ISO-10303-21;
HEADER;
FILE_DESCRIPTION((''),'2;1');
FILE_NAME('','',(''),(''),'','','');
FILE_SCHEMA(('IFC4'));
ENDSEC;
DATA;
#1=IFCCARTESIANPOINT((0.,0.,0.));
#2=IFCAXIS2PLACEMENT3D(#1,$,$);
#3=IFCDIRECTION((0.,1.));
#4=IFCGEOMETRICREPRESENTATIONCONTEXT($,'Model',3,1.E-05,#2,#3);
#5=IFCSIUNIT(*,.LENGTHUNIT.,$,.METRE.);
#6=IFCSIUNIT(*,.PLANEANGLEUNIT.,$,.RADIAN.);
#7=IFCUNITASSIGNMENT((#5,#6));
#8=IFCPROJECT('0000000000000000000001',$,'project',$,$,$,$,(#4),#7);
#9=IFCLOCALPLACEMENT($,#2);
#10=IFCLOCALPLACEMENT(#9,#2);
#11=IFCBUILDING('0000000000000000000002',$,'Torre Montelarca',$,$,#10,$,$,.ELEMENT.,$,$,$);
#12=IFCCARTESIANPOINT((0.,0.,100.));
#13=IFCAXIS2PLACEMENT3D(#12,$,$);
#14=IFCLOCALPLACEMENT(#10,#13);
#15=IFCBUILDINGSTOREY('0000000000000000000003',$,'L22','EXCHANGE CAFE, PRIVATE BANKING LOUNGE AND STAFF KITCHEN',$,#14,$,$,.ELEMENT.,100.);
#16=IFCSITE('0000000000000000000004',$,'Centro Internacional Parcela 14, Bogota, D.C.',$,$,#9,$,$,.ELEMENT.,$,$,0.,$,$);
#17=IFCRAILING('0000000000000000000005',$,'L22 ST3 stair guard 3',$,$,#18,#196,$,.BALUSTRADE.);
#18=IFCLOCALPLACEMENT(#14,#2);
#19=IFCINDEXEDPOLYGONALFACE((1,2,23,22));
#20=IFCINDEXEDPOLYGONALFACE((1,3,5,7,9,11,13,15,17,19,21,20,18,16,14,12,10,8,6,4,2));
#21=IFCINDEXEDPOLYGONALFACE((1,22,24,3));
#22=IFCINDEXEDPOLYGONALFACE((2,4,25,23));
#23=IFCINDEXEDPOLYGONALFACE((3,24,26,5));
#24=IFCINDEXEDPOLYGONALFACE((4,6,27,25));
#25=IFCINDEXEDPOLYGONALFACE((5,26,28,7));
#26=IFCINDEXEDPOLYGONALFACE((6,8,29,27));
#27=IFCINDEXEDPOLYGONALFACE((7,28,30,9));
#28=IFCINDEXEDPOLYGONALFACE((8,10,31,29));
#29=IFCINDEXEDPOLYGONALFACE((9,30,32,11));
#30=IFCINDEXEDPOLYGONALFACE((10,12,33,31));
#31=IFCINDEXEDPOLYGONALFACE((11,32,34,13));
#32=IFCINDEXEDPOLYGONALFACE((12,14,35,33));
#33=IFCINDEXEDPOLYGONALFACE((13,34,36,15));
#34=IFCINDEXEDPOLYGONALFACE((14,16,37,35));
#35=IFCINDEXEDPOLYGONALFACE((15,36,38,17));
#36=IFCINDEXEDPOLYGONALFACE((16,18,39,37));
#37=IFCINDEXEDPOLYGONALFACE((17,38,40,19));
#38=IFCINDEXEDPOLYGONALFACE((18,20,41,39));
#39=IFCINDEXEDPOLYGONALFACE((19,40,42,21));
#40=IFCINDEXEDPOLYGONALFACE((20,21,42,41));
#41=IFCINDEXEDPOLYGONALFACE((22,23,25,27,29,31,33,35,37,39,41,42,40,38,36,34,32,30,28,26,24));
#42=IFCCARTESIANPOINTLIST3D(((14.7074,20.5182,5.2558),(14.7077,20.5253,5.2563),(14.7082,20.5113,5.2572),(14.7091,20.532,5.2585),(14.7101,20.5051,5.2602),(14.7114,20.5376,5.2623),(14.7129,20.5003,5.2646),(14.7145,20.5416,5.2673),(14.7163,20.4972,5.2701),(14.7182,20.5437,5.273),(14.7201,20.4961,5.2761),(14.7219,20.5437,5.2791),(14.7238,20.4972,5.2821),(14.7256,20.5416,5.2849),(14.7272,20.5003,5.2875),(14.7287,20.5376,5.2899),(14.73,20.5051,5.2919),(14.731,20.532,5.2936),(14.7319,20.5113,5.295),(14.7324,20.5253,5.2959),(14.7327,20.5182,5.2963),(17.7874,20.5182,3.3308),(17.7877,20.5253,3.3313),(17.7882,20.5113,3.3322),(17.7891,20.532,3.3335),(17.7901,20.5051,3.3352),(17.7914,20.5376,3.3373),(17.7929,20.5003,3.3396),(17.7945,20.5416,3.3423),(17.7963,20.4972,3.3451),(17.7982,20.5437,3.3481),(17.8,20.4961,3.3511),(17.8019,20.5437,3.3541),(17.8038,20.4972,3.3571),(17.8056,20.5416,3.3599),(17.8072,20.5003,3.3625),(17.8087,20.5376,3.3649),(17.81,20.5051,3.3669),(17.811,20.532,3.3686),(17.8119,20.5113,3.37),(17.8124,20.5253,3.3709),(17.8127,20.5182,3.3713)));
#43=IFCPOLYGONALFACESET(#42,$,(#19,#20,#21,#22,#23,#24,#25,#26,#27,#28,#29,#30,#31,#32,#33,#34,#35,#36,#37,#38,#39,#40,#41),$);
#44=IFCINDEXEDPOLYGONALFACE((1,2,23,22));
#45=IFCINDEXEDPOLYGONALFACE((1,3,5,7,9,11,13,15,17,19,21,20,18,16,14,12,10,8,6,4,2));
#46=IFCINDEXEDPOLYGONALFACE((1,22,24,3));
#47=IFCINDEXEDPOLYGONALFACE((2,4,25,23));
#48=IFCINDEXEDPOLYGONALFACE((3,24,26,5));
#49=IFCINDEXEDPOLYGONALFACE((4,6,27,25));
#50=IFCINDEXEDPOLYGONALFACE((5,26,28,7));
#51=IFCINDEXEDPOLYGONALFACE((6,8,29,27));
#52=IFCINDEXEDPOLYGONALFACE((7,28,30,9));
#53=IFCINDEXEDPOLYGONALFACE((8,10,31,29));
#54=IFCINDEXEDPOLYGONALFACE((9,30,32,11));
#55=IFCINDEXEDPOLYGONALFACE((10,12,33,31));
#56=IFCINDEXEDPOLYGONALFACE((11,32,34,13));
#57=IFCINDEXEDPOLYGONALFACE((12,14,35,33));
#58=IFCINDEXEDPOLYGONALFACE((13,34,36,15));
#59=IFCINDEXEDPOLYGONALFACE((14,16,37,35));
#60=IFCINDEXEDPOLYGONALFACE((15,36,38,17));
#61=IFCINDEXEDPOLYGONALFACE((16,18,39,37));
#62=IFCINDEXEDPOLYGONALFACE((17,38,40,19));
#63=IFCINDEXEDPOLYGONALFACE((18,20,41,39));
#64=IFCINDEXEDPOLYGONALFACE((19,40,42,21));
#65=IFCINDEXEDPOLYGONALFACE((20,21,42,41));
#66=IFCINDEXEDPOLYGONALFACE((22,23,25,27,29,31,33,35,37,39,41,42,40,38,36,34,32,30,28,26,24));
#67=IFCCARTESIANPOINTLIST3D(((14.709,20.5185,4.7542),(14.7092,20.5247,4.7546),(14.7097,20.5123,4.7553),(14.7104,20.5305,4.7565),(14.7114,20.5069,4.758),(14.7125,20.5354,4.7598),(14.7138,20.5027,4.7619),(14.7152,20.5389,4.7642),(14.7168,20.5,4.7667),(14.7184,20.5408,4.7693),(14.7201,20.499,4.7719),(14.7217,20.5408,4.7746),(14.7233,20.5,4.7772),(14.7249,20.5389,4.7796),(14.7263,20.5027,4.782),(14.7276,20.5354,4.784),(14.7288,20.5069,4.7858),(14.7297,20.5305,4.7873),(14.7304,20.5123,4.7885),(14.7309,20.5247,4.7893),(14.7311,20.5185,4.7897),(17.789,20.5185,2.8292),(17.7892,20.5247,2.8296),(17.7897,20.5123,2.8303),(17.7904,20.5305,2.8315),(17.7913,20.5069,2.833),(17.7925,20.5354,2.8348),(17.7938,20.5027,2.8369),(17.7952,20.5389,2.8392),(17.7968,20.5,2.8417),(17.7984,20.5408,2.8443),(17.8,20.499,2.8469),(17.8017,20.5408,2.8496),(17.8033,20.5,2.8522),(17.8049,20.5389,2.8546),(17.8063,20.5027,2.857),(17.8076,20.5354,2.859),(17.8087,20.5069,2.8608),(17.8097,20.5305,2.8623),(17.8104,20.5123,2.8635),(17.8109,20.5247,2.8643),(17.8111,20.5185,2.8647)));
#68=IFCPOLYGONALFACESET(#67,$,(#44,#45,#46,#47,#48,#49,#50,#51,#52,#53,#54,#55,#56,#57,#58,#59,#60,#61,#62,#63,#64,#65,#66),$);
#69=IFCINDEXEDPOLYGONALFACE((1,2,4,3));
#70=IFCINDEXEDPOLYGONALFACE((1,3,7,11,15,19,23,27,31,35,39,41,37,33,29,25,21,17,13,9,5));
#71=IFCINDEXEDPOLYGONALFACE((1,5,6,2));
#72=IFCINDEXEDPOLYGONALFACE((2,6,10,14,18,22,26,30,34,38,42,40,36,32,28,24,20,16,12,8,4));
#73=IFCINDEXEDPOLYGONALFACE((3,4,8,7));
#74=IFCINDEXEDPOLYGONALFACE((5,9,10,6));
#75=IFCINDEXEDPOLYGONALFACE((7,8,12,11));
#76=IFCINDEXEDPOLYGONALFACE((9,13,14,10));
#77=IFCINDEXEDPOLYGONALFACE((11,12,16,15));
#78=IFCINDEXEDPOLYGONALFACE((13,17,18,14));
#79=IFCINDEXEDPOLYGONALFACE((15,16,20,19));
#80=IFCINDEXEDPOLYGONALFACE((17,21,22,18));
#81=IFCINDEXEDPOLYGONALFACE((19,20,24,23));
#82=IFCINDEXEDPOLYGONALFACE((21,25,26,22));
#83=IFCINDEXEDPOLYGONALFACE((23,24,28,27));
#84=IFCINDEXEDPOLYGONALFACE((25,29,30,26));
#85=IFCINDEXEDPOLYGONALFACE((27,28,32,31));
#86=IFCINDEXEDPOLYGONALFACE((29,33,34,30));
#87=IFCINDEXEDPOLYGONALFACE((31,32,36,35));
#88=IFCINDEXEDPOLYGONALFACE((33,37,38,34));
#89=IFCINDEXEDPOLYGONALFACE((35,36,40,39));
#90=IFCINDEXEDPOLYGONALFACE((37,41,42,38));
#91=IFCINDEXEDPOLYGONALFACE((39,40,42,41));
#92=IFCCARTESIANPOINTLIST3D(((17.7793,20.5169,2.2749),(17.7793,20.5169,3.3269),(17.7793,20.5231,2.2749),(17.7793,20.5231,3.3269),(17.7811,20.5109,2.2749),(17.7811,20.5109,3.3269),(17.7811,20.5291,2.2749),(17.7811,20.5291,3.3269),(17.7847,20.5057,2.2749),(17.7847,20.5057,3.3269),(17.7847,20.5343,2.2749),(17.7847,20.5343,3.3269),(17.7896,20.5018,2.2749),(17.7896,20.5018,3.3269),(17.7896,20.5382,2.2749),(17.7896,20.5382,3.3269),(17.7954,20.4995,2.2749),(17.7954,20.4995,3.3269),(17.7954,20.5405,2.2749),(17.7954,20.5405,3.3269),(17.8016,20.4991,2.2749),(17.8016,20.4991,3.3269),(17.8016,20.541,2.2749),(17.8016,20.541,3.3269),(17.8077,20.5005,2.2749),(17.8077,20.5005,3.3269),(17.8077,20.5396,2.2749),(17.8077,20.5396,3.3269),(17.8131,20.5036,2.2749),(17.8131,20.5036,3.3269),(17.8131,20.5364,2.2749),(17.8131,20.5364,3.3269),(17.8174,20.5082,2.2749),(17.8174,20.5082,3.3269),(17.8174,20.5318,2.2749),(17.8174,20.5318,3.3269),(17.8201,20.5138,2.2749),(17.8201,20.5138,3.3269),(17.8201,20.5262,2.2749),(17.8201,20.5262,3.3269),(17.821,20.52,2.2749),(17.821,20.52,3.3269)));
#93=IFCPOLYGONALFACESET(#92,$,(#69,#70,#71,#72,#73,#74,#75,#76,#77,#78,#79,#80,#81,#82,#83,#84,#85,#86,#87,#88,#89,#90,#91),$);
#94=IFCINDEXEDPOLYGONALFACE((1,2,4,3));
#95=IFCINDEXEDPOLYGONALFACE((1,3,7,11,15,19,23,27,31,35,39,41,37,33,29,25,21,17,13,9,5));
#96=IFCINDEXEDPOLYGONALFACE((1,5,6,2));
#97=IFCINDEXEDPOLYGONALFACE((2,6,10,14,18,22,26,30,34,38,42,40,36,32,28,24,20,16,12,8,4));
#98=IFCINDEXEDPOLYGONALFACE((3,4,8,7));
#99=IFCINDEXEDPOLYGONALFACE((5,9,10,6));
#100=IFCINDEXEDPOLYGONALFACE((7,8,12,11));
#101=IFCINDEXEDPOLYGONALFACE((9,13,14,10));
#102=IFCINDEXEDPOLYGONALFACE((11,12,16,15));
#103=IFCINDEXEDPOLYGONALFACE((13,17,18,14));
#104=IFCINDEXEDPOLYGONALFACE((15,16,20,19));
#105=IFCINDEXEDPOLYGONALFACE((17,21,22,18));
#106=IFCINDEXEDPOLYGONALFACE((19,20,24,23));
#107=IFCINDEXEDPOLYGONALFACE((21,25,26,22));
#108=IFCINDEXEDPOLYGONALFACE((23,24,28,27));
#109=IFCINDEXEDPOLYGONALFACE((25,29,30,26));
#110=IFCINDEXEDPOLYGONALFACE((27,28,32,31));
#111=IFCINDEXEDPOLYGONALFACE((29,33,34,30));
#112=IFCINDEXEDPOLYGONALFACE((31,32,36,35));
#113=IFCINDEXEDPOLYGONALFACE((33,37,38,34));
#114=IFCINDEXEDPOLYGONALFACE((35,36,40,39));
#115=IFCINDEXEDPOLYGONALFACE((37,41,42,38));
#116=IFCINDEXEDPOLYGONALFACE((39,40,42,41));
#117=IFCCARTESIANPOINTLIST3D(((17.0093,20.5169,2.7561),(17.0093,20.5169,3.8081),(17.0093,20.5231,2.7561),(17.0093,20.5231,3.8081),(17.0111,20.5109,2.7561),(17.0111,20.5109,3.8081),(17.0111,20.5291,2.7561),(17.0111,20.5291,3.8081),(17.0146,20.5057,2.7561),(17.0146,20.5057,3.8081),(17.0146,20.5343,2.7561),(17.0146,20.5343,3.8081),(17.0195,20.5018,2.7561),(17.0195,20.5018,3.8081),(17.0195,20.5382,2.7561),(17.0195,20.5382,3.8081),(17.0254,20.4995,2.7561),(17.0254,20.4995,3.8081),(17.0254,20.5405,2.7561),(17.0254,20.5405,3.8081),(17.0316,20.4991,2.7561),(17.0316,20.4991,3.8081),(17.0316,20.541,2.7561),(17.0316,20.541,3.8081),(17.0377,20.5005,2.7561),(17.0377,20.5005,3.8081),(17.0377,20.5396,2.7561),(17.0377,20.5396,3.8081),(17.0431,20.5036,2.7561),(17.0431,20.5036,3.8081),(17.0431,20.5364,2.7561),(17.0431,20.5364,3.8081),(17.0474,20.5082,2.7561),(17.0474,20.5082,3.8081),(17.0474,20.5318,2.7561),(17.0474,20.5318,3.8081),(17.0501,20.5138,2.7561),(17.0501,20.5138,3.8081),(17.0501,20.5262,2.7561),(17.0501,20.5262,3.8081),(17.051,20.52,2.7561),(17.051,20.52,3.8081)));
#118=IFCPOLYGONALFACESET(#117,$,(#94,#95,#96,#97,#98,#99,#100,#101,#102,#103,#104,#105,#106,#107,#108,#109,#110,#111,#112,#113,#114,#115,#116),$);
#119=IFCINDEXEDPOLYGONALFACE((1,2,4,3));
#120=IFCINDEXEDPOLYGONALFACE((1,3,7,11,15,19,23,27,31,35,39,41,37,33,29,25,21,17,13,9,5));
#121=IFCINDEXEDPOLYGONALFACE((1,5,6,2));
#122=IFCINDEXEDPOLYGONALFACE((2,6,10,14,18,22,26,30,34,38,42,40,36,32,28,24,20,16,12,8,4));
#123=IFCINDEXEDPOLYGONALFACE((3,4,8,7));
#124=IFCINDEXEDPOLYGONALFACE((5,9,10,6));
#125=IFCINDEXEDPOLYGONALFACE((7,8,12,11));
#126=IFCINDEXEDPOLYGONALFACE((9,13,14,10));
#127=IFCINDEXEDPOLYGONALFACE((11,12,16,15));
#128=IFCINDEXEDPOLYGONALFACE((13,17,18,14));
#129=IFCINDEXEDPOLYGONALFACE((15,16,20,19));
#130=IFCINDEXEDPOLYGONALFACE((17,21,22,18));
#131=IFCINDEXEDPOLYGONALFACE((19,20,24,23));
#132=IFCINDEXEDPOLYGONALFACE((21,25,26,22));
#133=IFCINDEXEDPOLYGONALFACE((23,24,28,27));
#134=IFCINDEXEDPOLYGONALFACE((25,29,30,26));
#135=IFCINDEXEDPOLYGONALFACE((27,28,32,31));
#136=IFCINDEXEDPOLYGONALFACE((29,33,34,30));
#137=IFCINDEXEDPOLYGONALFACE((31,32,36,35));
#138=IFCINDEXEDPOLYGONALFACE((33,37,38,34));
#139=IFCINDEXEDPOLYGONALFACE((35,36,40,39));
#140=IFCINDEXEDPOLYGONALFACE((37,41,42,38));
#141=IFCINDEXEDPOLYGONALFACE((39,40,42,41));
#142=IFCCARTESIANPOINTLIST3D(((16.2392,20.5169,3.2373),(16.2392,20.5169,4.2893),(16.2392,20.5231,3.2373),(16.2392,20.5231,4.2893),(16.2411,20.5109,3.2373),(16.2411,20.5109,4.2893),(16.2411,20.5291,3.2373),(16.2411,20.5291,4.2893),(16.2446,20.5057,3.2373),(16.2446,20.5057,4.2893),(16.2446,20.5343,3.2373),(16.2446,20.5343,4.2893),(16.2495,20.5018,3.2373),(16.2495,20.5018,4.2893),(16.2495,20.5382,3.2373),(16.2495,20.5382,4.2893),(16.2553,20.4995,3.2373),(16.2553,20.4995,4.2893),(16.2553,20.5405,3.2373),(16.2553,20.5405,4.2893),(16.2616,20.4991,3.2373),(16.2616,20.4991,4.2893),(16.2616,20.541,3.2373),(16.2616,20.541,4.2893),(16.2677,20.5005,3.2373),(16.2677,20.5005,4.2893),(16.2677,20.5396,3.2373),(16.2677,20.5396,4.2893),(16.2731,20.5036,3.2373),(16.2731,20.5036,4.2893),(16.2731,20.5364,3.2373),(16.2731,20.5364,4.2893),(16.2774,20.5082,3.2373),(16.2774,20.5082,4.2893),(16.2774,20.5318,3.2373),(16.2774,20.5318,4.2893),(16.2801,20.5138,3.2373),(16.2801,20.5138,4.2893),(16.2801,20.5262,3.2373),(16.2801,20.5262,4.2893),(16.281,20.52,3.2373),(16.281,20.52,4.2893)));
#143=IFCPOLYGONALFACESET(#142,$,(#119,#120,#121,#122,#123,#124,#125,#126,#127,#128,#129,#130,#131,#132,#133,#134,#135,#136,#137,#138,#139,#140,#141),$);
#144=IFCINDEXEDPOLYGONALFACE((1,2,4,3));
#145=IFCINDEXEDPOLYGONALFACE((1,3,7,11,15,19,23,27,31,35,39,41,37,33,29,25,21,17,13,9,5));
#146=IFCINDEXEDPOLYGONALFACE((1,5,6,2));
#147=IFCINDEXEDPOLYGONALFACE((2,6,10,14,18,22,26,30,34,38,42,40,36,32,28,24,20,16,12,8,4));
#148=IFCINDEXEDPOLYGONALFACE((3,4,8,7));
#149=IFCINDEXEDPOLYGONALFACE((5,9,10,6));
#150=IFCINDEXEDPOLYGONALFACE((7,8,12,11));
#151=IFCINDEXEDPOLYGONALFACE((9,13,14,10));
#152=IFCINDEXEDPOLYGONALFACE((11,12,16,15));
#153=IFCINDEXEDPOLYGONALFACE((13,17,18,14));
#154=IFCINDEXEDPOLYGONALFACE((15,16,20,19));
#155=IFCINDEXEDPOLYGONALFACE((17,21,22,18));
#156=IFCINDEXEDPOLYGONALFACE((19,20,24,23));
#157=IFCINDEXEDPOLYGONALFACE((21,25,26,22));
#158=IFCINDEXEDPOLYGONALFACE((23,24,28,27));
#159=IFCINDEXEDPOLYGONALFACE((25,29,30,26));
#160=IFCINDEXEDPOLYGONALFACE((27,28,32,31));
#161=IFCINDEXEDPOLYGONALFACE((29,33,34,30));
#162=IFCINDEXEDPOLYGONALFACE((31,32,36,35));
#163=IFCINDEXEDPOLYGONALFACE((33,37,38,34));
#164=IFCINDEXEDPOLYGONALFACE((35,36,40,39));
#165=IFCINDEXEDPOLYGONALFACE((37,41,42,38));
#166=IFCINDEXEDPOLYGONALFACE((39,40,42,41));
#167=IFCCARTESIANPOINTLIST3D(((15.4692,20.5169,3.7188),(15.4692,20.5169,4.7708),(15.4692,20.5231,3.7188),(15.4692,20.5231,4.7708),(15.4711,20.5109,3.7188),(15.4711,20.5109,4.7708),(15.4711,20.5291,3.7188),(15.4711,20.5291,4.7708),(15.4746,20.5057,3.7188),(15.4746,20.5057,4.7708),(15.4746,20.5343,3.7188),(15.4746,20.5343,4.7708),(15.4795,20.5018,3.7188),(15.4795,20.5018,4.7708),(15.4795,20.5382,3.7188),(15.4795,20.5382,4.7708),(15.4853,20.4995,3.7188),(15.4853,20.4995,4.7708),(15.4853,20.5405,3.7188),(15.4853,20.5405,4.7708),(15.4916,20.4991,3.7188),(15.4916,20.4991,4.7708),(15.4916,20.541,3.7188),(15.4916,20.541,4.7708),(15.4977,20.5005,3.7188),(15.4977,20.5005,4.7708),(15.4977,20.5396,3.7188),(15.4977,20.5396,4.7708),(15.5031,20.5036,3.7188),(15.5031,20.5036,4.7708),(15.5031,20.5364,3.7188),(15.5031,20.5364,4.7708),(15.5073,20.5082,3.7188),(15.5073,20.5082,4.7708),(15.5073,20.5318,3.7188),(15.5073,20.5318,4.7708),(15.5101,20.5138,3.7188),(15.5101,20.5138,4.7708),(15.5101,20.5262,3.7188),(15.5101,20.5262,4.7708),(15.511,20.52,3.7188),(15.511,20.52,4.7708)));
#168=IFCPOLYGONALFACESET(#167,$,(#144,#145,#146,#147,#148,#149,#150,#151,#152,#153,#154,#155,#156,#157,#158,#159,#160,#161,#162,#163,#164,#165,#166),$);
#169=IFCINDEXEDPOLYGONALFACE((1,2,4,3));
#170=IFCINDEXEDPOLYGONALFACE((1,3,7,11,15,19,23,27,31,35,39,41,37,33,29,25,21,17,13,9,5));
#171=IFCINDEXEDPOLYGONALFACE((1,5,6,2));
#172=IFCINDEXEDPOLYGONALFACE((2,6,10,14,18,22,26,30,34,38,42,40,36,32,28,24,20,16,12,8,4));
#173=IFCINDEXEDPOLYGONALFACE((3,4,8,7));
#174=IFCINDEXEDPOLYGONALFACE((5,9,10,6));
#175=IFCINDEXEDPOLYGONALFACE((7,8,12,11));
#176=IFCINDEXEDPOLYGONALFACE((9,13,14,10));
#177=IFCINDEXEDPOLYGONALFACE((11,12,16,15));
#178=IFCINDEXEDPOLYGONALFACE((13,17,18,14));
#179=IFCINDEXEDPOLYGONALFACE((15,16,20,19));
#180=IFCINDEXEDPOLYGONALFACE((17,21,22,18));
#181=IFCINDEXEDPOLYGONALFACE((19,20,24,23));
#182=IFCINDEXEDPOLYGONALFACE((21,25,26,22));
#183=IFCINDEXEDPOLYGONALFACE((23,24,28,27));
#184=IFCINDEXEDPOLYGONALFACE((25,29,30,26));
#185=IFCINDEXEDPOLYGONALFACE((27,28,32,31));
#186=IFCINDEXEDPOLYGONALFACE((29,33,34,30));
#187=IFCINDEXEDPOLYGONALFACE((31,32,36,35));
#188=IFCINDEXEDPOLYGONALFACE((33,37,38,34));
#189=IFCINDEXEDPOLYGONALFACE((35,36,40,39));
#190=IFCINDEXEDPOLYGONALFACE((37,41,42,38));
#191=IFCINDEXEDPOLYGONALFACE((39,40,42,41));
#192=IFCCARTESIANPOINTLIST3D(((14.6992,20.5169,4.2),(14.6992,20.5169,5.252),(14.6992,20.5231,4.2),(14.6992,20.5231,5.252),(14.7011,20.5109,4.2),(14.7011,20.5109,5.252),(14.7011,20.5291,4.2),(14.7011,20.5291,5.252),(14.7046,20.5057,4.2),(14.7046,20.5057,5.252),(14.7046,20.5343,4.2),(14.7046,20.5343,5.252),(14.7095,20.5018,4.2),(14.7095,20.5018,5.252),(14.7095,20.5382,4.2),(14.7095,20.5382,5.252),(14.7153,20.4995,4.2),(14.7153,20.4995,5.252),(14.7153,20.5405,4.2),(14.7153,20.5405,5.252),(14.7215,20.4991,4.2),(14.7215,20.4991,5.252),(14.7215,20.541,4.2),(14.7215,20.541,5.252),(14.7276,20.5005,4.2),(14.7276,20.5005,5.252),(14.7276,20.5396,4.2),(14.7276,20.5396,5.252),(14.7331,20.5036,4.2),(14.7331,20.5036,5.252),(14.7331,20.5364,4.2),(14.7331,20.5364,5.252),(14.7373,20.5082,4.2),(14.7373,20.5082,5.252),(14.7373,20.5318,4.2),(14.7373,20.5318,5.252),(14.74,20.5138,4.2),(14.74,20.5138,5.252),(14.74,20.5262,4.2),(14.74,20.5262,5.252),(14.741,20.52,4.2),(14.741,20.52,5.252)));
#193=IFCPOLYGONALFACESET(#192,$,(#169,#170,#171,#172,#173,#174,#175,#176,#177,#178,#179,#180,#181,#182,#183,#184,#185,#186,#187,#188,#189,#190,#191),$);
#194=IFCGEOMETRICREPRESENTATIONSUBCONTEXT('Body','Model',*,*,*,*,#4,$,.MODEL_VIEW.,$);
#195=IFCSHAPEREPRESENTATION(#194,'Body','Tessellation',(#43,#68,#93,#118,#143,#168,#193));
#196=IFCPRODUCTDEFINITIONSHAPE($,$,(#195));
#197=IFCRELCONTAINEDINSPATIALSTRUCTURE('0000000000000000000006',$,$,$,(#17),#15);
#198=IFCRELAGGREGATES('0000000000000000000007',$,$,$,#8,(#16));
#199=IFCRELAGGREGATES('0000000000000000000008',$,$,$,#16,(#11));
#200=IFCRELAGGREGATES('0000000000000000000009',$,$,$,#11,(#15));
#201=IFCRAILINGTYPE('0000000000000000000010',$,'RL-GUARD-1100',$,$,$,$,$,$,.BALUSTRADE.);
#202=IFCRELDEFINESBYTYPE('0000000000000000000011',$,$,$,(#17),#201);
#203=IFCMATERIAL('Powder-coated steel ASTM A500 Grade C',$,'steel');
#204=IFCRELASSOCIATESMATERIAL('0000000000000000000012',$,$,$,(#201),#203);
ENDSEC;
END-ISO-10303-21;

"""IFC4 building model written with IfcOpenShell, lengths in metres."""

from ifc_helpers import new_model, si_unit, direction, frame, origin, origin_2d, place, context, subcontext, project, spatial, circle, extrude, material, type_object, element, save


model = new_model("IFC4")

# Units and contexts
model_context = context("Model", 3, precision=1e-05, world=origin(), true_north=direction((0.0, 1.0)))
body_context = subcontext(model_context, "Body", "Model", "MODEL_VIEW")
ifc_project = project(units=[si_unit("LENGTHUNIT", "METRE"), si_unit("PLANEANGLEUNIT", "RADIAN")], contexts=[model_context])

# Site, building, storey
site_placement = place(None, origin())
site = spatial("IfcSite", under=ifc_project, at=site_placement, Name="Centro Internacional Parcela 14, Bogota, D.C.", CompositionType="ELEMENT", RefElevation=0.0)
building_placement = place(site_placement, origin())
building = spatial("IfcBuilding", under=site, at=building_placement, Name="Torre Montelarca", CompositionType="ELEMENT")
storey_placement = place(building_placement, frame((0.0, 0.0, 100.0)))
storey = spatial("IfcBuildingStorey", under=building, at=storey_placement, Name="L22", Description="EXCHANGE CAFE, PRIVATE BANKING LOUNGE AND STAFF KITCHEN", CompositionType="ELEMENT", Elevation=100.0)

# Railing
ifc_material_1 = material(Name="Powder-coated steel ASTM A500 Grade C", Category="steel")
railing_type_1 = type_object("IfcRailingType", Name="RL-GUARD-1100", PredefinedType="BALUSTRADE", material=ifc_material_1)
railing_1_placement = place(storey_placement, frame((17.8, 20.52, 2.2749)))
element("IfcRailing", 1, at=railing_1_placement, inside=storey, type_object=railing_type_1, Name="L22 ST3 stair guard 3", PredefinedType="BALUSTRADE", context=body_context, shape_type="SweptSolid", body=[
    extrude(circle(Radius=0.0239, at=origin_2d()), frame((0.0, 0.0, 1.0762), z_axis=(-0.847998, 0.0, 0.529999), x_axis=(0.0, -1.0, 0.0)), (0.0, 0.0, 1.0), 3.6321),
    extrude(circle(Radius=0.021, at=origin_2d()), frame((0.0, 0.0, 0.572), z_axis=(-0.847998, 0.0, 0.529999), x_axis=(0.0, -1.0, 0.0)), (0.0, 0.0, 1.0), 3.6321),
    extrude(circle(Radius=0.021, at=origin_2d()), origin(), (0.0, 0.0, 1.0), 1.052),
    extrude(circle(Radius=0.021, at=origin_2d()), frame((-0.77, 0.0, 0.4812)), (0.0, 0.0, 1.0), 1.052),
    extrude(circle(Radius=0.021, at=origin_2d()), frame((-1.54, 0.0, 0.9624)), (0.0, 0.0, 1.0), 1.052),
    extrude(circle(Radius=0.021, at=origin_2d()), frame((-2.3101, 0.0, 1.4438)), (0.0, 0.0, 1.0), 1.052),
    extrude(circle(Radius=0.021, at=origin_2d()), frame((-3.0801, 0.0, 1.925)), (0.0, 0.0, 1.0), 1.052),
])

save(model, "model.ifc")
